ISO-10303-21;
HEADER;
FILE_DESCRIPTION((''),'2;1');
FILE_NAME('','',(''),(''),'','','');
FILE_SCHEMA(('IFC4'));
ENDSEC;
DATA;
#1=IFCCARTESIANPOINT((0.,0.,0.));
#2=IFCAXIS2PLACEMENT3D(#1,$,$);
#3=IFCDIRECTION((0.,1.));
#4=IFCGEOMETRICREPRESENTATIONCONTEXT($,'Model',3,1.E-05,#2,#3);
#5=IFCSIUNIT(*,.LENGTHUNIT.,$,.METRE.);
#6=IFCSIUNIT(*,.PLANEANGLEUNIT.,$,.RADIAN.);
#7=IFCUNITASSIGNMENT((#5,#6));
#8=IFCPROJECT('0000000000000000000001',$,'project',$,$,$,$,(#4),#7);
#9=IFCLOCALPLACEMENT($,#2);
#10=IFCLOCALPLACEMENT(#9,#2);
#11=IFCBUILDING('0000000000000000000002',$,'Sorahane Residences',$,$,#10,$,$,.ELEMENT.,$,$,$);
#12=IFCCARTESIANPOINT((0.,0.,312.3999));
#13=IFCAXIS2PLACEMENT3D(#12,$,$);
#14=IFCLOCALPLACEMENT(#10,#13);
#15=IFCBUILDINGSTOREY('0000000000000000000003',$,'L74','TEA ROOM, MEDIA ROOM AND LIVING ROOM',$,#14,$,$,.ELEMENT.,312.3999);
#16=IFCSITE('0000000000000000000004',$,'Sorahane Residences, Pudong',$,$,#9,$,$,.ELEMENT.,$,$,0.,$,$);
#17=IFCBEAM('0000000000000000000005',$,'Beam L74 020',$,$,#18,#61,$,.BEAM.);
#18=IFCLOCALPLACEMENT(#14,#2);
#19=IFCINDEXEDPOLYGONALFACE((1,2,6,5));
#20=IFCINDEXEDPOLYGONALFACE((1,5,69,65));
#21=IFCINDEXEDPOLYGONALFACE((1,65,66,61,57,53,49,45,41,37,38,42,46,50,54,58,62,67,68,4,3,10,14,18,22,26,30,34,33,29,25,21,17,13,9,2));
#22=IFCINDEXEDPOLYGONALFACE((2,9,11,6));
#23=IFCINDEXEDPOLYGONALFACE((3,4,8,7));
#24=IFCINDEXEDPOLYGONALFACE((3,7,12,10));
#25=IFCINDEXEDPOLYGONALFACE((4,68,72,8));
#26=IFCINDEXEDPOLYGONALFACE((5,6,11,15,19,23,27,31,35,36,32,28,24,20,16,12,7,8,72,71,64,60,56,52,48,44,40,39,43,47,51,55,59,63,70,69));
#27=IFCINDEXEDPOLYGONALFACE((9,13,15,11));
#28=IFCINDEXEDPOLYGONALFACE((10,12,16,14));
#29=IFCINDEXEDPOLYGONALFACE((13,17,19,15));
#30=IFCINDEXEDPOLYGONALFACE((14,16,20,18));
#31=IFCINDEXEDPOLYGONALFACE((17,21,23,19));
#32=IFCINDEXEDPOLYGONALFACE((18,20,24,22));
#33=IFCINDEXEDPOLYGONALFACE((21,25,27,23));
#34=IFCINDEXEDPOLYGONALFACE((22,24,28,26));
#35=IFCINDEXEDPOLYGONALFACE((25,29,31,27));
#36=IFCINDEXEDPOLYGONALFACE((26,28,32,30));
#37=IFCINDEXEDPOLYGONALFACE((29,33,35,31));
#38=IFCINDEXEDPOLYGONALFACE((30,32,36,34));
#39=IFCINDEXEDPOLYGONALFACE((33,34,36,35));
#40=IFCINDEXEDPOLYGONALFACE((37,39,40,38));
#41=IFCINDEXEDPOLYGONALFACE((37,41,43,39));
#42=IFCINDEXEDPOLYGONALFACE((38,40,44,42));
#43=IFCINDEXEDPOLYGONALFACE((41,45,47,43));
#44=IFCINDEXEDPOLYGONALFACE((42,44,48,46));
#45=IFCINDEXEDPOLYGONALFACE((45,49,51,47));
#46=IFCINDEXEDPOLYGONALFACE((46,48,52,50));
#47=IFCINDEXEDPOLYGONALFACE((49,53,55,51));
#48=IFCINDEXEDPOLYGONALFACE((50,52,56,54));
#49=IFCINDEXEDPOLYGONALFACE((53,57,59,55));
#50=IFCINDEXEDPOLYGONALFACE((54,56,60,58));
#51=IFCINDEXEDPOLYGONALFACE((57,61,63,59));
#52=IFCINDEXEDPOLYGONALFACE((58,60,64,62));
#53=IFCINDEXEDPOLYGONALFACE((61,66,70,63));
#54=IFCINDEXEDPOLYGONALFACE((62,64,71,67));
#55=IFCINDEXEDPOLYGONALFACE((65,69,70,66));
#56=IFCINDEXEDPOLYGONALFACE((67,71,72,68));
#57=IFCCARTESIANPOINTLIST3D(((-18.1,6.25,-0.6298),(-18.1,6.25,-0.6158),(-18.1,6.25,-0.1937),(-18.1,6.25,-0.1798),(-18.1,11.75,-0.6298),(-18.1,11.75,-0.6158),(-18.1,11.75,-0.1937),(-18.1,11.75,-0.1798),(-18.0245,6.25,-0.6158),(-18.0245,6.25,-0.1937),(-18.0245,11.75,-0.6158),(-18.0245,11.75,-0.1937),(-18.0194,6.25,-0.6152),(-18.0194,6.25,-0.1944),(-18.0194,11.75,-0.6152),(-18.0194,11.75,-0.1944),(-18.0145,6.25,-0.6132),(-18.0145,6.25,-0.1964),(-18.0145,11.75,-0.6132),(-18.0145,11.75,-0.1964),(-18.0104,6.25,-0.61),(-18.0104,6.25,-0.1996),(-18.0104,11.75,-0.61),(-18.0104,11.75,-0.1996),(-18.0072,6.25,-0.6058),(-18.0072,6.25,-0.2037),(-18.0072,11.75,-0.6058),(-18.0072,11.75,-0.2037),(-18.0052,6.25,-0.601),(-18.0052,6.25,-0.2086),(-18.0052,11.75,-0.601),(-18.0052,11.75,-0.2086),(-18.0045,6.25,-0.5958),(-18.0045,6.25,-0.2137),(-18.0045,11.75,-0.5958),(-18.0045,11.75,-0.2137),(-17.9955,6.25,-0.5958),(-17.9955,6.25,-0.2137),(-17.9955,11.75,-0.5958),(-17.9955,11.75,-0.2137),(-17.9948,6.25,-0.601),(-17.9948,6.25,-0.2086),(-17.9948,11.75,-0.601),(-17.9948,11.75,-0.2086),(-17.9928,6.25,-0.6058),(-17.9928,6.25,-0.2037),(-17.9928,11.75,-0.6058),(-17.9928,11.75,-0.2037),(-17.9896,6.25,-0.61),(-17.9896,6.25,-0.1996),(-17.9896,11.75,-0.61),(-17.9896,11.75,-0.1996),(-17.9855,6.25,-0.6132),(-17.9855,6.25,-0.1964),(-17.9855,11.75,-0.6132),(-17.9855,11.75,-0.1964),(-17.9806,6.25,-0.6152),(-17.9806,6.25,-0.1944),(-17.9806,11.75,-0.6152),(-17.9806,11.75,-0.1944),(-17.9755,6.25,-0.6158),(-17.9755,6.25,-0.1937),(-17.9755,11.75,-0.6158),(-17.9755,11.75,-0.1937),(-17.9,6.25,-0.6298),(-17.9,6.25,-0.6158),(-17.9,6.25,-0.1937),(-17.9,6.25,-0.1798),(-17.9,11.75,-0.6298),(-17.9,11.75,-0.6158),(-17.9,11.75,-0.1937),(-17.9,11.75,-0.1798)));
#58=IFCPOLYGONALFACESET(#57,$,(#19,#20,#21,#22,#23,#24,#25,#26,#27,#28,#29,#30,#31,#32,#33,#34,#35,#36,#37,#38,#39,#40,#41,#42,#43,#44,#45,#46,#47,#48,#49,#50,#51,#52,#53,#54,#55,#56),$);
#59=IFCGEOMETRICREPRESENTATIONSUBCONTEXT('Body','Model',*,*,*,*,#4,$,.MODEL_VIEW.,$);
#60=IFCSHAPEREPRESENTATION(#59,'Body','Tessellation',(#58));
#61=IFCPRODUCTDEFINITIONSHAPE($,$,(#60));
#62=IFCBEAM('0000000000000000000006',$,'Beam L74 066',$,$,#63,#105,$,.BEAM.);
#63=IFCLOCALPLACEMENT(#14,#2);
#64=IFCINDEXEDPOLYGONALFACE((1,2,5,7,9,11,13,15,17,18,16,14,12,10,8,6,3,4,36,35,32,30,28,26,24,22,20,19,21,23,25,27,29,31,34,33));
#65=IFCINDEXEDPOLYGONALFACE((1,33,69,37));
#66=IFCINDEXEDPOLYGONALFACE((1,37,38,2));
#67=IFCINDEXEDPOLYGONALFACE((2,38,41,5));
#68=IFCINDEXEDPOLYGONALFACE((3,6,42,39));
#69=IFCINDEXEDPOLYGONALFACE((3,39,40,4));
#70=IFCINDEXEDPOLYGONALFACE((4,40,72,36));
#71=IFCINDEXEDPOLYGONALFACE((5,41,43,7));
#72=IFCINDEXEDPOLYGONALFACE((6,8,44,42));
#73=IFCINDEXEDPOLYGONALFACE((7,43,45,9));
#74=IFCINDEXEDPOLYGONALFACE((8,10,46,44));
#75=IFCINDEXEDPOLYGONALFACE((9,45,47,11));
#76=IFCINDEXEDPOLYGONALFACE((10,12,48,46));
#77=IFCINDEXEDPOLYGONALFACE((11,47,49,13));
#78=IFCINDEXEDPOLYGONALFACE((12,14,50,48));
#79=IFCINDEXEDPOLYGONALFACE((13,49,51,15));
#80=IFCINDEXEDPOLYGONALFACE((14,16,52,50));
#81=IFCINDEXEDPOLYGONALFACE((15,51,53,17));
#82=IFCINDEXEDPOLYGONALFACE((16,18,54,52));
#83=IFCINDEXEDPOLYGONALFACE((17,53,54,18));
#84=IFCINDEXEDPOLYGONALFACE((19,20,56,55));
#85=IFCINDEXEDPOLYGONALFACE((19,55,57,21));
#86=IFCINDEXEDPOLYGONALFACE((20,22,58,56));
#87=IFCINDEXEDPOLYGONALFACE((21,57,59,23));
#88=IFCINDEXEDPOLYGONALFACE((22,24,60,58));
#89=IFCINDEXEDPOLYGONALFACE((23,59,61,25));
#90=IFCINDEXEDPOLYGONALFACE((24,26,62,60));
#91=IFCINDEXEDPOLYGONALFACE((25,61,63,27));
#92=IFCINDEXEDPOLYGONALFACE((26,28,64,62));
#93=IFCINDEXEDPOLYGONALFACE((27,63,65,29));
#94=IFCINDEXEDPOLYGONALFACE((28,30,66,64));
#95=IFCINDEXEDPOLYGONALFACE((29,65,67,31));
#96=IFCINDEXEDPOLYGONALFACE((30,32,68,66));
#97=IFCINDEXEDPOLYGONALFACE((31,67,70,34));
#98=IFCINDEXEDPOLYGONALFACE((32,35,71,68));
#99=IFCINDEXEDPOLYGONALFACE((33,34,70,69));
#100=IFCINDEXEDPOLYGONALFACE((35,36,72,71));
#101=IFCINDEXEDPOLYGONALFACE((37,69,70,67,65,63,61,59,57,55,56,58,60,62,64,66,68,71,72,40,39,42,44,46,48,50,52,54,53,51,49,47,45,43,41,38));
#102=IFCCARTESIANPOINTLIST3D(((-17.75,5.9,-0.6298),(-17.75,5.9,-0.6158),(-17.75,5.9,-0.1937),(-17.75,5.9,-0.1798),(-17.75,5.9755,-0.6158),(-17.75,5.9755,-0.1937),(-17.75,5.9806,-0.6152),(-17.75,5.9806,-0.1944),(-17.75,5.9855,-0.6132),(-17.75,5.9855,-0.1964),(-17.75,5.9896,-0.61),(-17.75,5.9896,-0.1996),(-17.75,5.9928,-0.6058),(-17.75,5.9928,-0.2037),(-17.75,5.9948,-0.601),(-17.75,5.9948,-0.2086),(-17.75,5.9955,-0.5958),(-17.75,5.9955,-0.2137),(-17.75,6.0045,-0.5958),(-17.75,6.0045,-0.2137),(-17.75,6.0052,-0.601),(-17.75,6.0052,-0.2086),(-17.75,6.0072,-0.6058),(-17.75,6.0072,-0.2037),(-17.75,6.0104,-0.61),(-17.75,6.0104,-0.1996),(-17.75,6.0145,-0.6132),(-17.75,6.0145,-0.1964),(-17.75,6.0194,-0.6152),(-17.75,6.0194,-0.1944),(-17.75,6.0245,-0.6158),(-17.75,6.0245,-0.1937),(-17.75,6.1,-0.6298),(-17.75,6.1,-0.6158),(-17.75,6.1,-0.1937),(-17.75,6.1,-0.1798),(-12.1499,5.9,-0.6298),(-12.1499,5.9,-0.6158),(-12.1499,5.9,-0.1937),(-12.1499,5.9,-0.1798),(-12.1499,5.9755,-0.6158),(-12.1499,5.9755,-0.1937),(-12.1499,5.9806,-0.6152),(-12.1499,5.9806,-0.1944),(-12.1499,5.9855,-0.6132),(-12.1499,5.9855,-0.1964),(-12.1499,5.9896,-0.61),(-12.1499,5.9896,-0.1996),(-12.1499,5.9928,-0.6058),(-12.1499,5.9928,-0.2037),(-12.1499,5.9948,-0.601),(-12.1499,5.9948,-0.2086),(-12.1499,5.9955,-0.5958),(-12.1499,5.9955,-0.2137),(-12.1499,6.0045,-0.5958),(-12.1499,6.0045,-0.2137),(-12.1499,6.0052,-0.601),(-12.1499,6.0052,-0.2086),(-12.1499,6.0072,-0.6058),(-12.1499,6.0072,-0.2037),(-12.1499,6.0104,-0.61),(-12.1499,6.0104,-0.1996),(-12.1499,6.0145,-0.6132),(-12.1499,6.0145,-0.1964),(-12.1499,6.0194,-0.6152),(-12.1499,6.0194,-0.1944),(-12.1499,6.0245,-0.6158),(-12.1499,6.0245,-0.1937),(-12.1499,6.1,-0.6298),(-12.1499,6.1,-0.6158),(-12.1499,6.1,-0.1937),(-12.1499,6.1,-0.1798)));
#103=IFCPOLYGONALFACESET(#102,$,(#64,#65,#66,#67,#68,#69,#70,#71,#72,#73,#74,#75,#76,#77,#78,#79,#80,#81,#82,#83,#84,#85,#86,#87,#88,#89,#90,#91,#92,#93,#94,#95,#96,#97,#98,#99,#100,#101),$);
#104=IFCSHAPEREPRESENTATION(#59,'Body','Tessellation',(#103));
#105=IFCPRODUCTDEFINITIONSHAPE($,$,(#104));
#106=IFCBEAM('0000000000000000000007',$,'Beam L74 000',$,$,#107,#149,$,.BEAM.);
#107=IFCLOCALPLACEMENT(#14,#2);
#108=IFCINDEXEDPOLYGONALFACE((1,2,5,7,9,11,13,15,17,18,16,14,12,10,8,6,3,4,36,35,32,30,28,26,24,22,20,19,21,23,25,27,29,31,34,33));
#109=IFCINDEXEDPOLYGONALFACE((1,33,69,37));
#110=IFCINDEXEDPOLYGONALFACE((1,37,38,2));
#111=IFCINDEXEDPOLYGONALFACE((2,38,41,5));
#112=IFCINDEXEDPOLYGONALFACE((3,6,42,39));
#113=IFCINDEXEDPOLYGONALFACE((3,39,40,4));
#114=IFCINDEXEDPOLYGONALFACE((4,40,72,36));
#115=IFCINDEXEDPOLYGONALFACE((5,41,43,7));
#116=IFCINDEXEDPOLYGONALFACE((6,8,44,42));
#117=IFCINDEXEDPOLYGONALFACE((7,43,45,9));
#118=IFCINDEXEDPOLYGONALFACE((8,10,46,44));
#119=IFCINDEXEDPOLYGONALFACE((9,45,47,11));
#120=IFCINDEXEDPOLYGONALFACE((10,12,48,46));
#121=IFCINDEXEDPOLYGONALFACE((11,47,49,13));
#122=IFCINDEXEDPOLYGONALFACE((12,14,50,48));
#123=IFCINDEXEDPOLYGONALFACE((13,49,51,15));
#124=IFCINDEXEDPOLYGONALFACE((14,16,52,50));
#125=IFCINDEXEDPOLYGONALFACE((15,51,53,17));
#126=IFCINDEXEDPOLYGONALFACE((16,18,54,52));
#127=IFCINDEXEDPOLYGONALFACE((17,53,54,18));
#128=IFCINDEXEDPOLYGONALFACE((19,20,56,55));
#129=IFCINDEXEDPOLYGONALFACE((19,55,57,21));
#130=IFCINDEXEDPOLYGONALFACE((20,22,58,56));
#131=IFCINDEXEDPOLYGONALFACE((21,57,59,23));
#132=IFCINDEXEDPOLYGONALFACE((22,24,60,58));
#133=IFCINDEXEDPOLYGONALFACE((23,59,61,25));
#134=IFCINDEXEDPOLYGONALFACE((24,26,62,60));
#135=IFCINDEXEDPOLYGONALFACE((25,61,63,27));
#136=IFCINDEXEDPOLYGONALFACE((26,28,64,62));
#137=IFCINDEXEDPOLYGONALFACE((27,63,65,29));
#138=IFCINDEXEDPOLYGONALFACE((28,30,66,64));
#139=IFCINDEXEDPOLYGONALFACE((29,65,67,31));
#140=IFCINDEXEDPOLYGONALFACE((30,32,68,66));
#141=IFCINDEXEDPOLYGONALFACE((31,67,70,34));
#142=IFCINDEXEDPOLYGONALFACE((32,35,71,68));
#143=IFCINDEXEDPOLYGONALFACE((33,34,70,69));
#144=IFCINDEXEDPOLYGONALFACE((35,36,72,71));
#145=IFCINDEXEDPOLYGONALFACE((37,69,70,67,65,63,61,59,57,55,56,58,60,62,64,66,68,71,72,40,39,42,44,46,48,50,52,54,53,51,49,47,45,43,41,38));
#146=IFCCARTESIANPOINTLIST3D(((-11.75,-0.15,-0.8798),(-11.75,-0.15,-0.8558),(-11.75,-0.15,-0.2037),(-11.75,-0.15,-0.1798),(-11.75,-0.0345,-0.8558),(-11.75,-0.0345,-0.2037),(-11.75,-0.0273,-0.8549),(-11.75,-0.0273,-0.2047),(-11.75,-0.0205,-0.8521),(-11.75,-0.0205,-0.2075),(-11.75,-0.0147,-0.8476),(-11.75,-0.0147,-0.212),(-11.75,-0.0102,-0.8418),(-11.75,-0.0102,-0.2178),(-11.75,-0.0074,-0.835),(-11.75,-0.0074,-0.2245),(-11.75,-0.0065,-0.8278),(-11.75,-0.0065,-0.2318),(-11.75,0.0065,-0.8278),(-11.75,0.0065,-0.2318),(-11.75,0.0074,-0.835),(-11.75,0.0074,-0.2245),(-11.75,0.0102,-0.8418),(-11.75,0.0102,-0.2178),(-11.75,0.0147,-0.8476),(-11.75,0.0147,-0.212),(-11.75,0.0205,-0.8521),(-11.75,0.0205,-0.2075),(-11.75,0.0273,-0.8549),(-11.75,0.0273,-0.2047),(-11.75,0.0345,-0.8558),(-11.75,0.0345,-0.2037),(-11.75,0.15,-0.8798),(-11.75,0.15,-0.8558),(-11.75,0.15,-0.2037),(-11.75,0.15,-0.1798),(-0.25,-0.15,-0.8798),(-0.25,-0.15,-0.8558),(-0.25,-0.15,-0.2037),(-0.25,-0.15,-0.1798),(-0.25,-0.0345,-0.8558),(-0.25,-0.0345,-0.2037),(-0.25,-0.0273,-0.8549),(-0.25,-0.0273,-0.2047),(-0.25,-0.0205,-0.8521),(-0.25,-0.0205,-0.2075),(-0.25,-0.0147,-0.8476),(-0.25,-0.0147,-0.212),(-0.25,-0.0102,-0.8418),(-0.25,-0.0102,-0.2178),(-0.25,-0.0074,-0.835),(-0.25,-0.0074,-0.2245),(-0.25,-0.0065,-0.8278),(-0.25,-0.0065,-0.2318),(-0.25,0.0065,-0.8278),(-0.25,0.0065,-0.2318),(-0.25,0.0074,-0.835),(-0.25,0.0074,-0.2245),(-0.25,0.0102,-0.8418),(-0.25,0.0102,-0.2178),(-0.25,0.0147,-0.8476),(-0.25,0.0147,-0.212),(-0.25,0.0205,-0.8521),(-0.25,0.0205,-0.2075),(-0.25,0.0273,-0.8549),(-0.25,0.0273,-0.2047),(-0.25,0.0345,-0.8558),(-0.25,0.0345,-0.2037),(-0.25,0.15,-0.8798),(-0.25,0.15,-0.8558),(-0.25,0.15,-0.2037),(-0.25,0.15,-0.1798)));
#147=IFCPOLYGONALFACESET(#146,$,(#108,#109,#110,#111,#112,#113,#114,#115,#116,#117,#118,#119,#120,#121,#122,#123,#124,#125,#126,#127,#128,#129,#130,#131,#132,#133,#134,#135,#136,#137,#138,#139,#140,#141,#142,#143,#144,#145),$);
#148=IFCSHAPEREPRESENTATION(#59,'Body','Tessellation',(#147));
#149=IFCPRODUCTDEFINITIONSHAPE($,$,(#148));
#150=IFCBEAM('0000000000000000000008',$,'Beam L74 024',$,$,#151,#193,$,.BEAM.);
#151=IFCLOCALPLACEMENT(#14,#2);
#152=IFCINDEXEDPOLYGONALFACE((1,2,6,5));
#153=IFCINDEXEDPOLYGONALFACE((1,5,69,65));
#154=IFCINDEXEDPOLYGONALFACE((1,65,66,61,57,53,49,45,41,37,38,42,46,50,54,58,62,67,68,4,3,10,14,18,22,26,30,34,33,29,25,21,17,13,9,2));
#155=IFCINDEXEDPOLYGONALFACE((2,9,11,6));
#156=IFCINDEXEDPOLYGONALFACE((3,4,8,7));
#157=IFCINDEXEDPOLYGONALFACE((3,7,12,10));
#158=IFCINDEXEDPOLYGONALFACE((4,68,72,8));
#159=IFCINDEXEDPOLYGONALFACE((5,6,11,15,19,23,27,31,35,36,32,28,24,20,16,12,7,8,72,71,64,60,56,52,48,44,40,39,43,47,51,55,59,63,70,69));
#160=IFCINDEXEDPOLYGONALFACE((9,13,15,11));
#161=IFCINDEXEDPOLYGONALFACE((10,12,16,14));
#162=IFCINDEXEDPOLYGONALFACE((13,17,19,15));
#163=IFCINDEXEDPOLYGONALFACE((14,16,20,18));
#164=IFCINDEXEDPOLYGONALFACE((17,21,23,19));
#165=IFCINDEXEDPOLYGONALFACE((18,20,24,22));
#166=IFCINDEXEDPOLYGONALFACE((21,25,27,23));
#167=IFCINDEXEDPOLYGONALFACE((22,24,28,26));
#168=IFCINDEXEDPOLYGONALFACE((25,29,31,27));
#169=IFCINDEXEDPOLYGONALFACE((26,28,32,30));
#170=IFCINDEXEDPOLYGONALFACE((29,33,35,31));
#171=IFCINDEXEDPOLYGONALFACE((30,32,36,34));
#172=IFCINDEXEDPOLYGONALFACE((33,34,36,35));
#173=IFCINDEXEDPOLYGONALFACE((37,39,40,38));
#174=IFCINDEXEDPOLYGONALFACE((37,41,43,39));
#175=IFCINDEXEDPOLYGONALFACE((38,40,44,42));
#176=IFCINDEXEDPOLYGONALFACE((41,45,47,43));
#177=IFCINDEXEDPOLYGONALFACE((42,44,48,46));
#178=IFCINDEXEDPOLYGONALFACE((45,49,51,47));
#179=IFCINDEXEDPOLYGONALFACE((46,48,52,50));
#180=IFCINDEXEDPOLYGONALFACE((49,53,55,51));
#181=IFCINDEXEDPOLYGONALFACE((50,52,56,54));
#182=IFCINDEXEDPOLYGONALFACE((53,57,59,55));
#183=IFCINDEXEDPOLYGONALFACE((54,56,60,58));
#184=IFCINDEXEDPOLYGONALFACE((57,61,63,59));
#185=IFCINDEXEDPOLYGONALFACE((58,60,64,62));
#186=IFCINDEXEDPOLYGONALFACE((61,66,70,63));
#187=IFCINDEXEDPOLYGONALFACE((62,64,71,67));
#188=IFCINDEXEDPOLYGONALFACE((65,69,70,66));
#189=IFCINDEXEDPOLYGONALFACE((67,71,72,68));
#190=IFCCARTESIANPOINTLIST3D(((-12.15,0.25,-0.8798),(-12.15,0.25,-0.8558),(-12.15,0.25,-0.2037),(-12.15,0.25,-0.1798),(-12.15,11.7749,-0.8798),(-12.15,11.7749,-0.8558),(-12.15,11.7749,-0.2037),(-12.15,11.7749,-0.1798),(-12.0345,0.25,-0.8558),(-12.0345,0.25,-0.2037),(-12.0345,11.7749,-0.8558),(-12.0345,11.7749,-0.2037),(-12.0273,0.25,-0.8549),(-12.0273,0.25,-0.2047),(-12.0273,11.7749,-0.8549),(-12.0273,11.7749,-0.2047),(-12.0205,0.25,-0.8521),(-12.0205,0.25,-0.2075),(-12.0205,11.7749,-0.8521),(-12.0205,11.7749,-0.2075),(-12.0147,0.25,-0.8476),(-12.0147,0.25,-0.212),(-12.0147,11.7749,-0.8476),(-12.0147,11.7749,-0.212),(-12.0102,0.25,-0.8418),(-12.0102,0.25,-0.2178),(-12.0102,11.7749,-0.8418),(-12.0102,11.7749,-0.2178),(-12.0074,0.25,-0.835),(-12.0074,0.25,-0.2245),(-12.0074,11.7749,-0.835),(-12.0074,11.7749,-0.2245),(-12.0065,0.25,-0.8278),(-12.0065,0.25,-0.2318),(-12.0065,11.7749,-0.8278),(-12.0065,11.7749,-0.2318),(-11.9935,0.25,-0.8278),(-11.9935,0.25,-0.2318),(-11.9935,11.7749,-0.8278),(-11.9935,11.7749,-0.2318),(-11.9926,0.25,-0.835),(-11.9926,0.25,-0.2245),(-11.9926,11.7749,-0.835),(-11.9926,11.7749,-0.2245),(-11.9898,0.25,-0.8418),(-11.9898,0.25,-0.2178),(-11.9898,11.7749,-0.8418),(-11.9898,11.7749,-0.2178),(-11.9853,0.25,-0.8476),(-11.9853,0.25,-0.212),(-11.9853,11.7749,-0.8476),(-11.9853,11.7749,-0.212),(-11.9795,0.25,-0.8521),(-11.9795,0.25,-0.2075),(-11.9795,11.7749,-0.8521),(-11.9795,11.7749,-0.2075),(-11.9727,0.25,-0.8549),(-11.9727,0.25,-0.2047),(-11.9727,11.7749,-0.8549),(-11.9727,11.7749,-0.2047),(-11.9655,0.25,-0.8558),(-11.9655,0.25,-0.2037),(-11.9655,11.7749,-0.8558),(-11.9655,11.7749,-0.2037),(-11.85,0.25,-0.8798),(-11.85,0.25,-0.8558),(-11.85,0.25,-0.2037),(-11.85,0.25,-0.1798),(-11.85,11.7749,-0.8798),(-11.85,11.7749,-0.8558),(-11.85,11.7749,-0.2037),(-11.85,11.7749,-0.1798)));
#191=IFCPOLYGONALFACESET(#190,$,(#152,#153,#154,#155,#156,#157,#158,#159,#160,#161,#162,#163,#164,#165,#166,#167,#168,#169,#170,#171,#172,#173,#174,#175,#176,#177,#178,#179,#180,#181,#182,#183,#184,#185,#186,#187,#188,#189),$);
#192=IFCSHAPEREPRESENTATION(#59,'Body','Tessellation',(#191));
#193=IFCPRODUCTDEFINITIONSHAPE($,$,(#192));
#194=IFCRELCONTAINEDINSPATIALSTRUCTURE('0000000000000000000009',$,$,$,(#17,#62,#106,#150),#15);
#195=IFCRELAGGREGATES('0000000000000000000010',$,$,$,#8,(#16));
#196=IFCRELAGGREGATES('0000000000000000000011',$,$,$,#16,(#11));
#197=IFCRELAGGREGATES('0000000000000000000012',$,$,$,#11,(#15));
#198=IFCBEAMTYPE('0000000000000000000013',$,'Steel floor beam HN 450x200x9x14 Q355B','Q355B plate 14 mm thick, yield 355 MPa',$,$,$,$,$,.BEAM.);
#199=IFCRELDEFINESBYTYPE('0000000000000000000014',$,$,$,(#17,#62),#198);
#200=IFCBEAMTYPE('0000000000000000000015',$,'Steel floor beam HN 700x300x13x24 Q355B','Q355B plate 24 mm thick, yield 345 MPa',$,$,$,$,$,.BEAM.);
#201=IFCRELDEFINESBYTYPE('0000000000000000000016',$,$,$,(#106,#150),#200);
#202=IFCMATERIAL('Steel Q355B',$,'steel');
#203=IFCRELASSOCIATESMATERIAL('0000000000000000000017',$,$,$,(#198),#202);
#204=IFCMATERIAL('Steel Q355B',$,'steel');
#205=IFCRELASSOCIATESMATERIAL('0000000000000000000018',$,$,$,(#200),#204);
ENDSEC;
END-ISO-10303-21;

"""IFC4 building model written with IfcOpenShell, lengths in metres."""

from ifc_helpers import new_model, si_unit, direction, frame, origin, origin_2d, place, context, subcontext, project, spatial, i_section, extrude, material, material_profile, profile_set, type_object, element, save


model = new_model("IFC4")

# Units and contexts
model_context = context("Model", 3, precision=1e-05, world=origin(), true_north=direction((0.0, 1.0)))
body_context = subcontext(model_context, "Body", "Model", "MODEL_VIEW")
ifc_project = project(units=[si_unit("LENGTHUNIT", "METRE"), si_unit("PLANEANGLEUNIT", "RADIAN")], contexts=[model_context])

# Site, building, storey
site_placement = place(None, origin())
site = spatial("IfcSite", under=ifc_project, at=site_placement, Name="Sorahane Residences, Pudong", CompositionType="ELEMENT", RefElevation=0.0)
building_placement = place(site_placement, origin())
building = spatial("IfcBuilding", under=site, at=building_placement, Name="Sorahane Residences", CompositionType="ELEMENT")
storey_placement = place(building_placement, frame((0.0, 0.0, 312.3999)))
storey = spatial("IfcBuildingStorey", under=building, at=storey_placement, Name="L74", Description="TEA ROOM, MEDIA ROOM AND LIVING ROOM", CompositionType="ELEMENT", Elevation=312.3999)

# Beams
ifc_material_1 = material(Name="Steel Q355B", Category="steel")
ifc_material_profile_1 = material_profile(ifc_material_1, i_section(OverallWidth=0.2, OverallDepth=0.45, WebThickness=0.009, FlangeThickness=0.0139, FilletRadius=0.02, at=origin_2d()), Name="HN 450x200x9x14")
ifc_profile_set_1 = profile_set([ifc_material_profile_1], Name="Steel Q355B")
beam_type_1 = type_object("IfcBeamType", Name="Steel floor beam HN 450x200x9x14 Q355B", Description="Q355B plate 14 mm thick, yield 355 MPa", PredefinedType="BEAM", material=ifc_profile_set_1)
beam_1_placement = place(storey_placement, frame((-18.0, 6.25, -0.4048), z_axis=(0.0, 1.0, 0.0), x_axis=(-1.0, 0.0, 0.0)))
element("IfcBeam", 1, at=beam_1_placement, inside=storey, type_object=beam_type_1, Name="Beam L74 020", PredefinedType="BEAM", context=body_context, shape_type="SweptSolid", body=[
    extrude(i_section(OverallWidth=0.2, OverallDepth=0.45, WebThickness=0.009, FlangeThickness=0.0139, FilletRadius=0.02, at=origin_2d()), origin(), (0.0, 0.0, 1.0), 5.5),
])
beam_2_placement = place(storey_placement, frame((-17.75, 6.0, -0.4048), z_axis=(1.0, 0.0, 0.0), x_axis=(0.0, 1.0, 0.0)))
element("IfcBeam", 2, at=beam_2_placement, inside=storey, type_object=beam_type_1, Name="Beam L74 066", PredefinedType="BEAM", context=body_context, shape_type="SweptSolid", body=[
    extrude(i_section(OverallWidth=0.2, OverallDepth=0.45, WebThickness=0.009, FlangeThickness=0.0139, FilletRadius=0.02, at=origin_2d()), origin(), (0.0, 0.0, 1.0), 5.6001),
])
ifc_material_2 = material(Name="Steel Q355B", Category="steel")
ifc_material_profile_2 = material_profile(ifc_material_2, i_section(OverallWidth=0.3, OverallDepth=0.7, WebThickness=0.0129, FlangeThickness=0.0239, FilletRadius=0.0281, at=origin_2d()), Name="HN 700x300x13x24")
ifc_profile_set_2 = profile_set([ifc_material_profile_2], Name="Steel Q355B")
beam_type_2 = type_object("IfcBeamType", Name="Steel floor beam HN 700x300x13x24 Q355B", Description="Q355B plate 24 mm thick, yield 345 MPa", PredefinedType="BEAM", material=ifc_profile_set_2)
beam_3_placement = place(storey_placement, frame((-11.75, 0.0, -0.5298), z_axis=(1.0, 0.0, 0.0), x_axis=(0.0, 1.0, 0.0)))
element("IfcBeam", 3, at=beam_3_placement, inside=storey, type_object=beam_type_2, Name="Beam L74 000", PredefinedType="BEAM", context=body_context, shape_type="SweptSolid", body=[
    extrude(i_section(OverallWidth=0.3, OverallDepth=0.7, WebThickness=0.0129, FlangeThickness=0.0239, FilletRadius=0.0281, at=origin_2d()), origin(), (0.0, 0.0, 1.0), 11.5),
])
beam_4_placement = place(storey_placement, frame((-12.0, 0.25, -0.5298), z_axis=(0.0, 1.0, 0.0), x_axis=(-1.0, 0.0, 0.0)))
element("IfcBeam", 4, at=beam_4_placement, inside=storey, type_object=beam_type_2, Name="Beam L74 024", PredefinedType="BEAM", context=body_context, shape_type="SweptSolid", body=[
    extrude(i_section(OverallWidth=0.3, OverallDepth=0.7, WebThickness=0.0129, FlangeThickness=0.0239, FilletRadius=0.0281, at=origin_2d()), origin(), (0.0, 0.0, 1.0), 11.5249),
])

save(model, "model.ifc")
